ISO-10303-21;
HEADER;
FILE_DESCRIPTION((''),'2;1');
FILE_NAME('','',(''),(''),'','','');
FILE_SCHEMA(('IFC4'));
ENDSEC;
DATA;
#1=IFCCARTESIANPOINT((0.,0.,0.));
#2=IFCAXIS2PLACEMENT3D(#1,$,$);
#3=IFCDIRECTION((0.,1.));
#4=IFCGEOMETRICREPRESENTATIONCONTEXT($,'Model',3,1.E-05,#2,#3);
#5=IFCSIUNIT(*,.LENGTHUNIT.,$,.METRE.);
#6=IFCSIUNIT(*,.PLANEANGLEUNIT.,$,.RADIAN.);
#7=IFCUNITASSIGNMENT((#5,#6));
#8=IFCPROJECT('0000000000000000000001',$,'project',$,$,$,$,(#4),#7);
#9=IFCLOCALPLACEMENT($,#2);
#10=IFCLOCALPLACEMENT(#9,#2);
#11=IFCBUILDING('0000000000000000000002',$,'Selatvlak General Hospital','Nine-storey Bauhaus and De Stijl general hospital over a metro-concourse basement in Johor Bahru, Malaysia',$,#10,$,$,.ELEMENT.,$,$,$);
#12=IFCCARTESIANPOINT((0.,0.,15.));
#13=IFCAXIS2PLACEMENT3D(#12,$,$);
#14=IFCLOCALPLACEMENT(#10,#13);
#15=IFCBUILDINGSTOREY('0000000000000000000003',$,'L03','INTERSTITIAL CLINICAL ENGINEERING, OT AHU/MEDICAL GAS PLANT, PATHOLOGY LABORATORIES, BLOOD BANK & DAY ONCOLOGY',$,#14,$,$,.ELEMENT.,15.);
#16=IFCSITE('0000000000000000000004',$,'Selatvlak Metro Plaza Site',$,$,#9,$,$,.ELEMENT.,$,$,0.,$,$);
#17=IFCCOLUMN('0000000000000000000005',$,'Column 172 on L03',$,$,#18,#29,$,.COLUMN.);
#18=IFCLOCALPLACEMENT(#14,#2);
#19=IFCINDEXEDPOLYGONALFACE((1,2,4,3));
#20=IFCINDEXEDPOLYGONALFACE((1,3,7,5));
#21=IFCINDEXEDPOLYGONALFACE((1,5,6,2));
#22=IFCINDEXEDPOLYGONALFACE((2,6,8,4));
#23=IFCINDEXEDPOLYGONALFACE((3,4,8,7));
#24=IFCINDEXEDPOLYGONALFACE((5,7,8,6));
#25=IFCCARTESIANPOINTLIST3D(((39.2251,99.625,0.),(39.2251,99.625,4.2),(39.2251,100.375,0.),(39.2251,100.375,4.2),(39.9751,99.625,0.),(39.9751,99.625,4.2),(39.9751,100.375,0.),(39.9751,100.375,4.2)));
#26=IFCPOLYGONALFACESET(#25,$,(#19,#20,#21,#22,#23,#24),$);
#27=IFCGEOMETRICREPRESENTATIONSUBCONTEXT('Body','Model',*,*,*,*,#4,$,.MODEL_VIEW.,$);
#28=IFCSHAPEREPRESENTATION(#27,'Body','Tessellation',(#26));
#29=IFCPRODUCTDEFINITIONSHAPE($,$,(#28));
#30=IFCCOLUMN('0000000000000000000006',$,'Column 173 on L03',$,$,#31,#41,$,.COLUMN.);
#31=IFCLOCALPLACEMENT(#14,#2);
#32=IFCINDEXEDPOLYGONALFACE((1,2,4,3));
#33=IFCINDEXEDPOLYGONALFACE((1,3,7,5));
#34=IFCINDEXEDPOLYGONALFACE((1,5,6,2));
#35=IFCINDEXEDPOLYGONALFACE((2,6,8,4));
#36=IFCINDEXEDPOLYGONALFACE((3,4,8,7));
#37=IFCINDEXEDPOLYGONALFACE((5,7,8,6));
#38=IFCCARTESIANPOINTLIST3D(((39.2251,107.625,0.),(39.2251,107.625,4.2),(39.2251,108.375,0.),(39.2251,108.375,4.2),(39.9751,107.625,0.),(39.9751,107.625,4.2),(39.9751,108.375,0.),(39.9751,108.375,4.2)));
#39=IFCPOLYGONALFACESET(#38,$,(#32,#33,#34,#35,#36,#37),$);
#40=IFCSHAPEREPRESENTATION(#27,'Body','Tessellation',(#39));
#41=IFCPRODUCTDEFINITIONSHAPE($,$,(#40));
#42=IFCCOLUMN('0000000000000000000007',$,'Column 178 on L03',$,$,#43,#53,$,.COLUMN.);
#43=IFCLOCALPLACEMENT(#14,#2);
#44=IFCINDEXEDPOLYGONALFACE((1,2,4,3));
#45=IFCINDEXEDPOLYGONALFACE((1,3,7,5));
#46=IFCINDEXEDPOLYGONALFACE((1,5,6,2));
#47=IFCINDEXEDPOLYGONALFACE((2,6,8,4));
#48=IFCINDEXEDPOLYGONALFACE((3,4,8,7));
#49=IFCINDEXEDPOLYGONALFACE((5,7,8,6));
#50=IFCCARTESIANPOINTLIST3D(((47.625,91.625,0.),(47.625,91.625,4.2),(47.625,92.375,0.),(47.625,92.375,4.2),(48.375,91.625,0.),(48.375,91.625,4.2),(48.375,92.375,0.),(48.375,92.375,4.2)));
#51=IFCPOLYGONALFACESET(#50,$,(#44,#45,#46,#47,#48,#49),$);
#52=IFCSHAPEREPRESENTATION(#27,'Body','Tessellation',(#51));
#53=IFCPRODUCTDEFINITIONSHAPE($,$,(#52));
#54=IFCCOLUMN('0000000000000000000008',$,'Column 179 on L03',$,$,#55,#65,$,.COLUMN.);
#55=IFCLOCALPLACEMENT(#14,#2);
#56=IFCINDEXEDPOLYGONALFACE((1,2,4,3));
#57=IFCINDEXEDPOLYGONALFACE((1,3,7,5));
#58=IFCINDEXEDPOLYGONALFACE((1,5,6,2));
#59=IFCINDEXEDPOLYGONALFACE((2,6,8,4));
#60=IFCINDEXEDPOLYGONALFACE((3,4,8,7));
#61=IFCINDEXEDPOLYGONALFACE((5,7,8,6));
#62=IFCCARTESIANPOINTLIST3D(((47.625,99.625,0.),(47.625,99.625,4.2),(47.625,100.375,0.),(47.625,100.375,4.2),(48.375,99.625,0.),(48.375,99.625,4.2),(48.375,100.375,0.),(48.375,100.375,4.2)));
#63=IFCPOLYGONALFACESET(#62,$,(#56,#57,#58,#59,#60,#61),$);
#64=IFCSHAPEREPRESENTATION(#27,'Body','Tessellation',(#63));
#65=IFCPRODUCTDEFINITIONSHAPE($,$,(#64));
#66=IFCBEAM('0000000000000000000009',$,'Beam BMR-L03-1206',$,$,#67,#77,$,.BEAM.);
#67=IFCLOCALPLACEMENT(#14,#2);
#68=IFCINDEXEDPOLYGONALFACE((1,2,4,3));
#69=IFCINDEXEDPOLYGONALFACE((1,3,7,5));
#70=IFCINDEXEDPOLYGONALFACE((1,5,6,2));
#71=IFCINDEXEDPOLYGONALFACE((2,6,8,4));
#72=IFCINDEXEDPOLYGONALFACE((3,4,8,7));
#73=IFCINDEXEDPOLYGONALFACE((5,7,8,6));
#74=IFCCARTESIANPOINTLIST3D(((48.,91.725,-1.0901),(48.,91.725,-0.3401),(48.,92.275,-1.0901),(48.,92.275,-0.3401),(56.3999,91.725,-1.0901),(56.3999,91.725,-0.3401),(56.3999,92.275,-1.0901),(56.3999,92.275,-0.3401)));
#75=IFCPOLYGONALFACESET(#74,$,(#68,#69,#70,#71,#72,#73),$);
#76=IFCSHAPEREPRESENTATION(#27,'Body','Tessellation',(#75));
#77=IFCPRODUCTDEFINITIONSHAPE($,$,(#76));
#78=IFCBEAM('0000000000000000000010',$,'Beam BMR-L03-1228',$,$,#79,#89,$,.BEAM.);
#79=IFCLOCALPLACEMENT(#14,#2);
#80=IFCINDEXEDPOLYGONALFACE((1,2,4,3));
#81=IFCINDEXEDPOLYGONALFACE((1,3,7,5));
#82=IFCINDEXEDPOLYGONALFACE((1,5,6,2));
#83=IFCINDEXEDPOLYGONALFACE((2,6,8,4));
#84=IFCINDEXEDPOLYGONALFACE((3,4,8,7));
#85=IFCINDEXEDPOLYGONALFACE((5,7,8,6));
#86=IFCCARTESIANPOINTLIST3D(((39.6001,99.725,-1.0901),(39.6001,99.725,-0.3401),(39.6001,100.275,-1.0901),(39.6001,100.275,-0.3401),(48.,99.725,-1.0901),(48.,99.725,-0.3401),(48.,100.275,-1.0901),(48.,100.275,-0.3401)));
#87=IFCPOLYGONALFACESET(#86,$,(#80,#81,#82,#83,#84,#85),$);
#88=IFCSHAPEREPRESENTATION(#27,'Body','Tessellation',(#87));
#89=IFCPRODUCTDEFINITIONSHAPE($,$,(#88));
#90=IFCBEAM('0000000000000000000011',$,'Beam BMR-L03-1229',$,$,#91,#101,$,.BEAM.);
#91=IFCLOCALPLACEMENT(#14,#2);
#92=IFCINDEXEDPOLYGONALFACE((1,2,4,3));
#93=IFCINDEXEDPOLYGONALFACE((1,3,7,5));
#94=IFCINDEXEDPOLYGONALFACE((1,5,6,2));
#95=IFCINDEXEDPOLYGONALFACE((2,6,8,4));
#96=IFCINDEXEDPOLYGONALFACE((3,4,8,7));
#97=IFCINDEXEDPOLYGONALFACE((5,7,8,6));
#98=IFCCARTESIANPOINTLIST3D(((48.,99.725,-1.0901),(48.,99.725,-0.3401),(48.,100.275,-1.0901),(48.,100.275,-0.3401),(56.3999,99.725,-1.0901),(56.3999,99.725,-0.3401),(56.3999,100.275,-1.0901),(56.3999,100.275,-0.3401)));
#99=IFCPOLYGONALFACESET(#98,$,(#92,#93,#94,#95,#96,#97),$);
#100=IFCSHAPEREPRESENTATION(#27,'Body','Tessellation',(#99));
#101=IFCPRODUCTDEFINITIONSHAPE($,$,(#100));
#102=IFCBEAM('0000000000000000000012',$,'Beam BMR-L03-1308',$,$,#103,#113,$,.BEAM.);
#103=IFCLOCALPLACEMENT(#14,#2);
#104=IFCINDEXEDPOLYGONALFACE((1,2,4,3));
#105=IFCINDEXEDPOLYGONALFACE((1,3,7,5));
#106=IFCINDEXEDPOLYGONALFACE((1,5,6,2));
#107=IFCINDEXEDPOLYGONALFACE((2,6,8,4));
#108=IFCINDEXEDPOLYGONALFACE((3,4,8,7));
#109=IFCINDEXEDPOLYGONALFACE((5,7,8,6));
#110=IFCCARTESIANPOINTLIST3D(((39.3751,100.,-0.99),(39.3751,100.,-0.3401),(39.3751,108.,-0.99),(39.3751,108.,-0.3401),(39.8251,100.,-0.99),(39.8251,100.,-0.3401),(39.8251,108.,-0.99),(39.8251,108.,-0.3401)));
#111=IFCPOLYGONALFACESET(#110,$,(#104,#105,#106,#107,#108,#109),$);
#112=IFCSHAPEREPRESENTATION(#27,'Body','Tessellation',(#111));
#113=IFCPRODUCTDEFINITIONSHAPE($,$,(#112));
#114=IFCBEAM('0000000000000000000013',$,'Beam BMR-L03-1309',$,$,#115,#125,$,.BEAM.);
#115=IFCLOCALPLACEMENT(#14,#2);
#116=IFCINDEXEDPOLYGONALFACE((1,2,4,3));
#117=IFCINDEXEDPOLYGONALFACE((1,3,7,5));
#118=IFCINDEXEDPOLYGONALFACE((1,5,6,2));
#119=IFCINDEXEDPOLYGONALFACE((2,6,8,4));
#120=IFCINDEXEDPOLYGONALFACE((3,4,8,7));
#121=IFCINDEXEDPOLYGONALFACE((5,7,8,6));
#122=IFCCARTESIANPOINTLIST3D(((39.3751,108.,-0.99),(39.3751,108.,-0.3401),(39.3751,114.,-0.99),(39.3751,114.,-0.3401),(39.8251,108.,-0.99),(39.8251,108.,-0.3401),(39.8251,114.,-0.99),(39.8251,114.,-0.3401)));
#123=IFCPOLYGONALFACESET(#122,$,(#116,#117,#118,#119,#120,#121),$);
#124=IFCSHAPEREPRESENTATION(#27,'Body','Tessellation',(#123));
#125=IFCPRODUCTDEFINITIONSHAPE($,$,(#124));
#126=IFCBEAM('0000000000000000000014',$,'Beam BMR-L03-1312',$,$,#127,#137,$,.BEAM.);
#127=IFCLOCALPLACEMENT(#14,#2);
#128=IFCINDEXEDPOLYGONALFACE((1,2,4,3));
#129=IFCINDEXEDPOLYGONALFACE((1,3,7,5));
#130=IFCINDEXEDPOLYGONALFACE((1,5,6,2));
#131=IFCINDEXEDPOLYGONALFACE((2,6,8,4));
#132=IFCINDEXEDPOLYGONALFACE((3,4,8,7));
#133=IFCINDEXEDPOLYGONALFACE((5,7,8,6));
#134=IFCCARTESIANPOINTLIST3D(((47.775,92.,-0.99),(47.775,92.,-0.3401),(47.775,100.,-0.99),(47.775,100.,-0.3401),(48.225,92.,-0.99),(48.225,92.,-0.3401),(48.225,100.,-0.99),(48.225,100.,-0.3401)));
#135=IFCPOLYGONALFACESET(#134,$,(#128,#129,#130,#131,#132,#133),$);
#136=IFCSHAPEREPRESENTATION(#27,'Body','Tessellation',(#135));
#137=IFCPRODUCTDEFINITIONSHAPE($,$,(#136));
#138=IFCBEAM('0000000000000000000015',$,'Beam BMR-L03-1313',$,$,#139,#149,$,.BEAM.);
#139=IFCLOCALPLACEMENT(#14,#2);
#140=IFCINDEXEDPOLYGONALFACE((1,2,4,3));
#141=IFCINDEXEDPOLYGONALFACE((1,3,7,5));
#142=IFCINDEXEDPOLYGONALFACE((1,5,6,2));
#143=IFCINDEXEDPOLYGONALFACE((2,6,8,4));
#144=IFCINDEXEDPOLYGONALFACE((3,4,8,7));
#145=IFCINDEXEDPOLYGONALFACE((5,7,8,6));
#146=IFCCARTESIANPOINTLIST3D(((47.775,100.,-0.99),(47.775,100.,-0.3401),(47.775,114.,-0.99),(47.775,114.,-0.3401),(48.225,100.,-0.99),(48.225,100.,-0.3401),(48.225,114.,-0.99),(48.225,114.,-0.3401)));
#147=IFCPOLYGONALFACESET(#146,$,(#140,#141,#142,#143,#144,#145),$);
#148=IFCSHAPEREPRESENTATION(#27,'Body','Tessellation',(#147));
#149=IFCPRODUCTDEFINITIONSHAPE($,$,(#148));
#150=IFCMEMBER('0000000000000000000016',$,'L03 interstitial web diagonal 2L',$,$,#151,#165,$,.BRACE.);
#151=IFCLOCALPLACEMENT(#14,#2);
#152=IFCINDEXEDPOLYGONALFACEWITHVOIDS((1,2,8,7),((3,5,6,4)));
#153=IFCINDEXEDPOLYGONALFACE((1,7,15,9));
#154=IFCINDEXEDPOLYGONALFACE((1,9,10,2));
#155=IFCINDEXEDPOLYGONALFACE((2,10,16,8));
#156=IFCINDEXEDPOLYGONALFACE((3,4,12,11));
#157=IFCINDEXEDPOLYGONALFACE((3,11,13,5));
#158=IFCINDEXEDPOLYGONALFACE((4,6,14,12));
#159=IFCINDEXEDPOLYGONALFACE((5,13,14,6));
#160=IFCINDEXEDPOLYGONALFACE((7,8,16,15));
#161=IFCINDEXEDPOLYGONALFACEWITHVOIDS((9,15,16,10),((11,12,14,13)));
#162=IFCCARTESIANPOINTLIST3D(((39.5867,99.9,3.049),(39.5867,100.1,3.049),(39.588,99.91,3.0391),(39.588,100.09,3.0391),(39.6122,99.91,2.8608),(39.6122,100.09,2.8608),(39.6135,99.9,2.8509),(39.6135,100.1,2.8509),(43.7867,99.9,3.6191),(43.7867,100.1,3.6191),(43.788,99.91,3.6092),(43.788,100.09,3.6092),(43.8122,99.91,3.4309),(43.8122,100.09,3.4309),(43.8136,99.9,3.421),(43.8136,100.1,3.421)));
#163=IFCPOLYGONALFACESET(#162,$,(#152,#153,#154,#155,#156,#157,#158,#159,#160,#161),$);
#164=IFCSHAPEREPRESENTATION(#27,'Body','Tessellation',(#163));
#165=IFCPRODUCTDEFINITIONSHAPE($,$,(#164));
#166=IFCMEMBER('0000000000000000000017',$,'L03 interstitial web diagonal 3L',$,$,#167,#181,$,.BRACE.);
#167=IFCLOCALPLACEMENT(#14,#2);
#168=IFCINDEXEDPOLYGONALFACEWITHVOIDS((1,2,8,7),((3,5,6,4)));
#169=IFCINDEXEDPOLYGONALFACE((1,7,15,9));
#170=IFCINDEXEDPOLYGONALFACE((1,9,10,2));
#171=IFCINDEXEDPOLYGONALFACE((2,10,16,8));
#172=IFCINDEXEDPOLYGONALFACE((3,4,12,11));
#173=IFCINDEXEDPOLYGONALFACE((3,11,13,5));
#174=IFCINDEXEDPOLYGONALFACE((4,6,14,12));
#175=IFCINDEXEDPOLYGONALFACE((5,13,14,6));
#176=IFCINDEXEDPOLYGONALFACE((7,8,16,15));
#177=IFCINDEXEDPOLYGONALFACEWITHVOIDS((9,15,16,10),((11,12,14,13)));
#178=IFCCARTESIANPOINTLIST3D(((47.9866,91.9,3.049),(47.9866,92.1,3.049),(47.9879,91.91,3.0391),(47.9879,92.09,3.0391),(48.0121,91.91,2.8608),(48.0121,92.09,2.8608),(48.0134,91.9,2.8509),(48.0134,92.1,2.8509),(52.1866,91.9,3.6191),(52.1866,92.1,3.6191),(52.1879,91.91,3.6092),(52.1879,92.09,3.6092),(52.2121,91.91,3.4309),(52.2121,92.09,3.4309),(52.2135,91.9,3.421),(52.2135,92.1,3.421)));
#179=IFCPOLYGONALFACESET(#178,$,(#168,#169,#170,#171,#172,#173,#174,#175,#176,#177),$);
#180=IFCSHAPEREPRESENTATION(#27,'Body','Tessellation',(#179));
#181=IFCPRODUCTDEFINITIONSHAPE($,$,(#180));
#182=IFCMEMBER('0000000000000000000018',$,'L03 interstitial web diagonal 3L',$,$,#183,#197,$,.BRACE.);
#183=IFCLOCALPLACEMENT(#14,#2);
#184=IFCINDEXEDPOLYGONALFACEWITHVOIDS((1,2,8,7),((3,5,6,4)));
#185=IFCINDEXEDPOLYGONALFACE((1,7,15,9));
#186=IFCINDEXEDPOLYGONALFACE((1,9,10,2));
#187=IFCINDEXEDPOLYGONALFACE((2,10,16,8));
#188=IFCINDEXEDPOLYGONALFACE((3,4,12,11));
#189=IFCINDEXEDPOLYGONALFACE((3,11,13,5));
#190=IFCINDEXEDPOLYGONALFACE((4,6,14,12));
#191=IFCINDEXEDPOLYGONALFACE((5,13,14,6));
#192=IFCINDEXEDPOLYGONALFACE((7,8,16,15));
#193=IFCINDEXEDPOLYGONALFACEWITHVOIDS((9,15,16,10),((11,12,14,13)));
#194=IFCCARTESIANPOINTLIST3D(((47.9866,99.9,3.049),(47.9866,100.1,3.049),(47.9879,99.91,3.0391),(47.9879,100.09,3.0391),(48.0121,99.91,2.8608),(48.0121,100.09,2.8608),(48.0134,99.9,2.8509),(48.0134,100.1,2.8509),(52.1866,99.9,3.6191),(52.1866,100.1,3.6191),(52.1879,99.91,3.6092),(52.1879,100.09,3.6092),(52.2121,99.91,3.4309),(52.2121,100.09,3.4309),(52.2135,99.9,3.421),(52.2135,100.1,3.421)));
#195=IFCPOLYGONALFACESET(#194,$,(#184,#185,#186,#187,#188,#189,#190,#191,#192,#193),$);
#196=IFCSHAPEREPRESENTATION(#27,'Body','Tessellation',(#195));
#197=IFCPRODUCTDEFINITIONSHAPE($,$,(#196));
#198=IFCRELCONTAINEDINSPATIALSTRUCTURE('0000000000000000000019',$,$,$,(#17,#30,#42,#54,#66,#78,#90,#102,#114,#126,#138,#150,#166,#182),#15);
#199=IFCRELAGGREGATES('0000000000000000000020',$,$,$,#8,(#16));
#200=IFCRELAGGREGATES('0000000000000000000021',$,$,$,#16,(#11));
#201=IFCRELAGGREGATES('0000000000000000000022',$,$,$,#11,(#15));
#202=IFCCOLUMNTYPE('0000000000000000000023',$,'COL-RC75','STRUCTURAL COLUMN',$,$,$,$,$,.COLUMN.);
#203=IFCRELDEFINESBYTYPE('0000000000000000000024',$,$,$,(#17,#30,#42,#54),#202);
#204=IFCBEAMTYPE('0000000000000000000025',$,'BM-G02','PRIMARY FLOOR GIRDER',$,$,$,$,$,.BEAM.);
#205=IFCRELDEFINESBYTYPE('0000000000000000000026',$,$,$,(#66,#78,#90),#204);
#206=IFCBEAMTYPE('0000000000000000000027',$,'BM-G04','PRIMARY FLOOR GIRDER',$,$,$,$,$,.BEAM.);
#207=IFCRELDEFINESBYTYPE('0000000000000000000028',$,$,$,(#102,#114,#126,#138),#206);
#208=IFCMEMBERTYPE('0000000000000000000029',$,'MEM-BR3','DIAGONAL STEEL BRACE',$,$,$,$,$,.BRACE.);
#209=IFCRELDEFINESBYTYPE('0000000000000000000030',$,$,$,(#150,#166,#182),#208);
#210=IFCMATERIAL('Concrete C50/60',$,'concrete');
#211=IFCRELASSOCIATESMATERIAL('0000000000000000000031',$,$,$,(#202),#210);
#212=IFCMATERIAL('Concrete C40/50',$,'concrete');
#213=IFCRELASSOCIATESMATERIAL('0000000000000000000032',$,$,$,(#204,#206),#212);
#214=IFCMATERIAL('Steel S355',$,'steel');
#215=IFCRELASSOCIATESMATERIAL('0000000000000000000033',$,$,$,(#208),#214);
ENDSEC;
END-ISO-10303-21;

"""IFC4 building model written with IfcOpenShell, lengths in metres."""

from ifc_helpers import new_model, si_unit, direction, frame, origin, origin_2d, place, context, subcontext, project, spatial, rectangle, hollow_rectangle, extrude, material, material_profile, profile_set, type_object, element, save


model = new_model("IFC4")

# Units and contexts
model_context = context("Model", 3, precision=1e-05, world=origin(), true_north=direction((0.0, 1.0)))
body_context = subcontext(model_context, "Body", "Model", "MODEL_VIEW")
ifc_project = project(units=[si_unit("LENGTHUNIT", "METRE"), si_unit("PLANEANGLEUNIT", "RADIAN")], contexts=[model_context])

# Site, building, storey
site_placement = place(None, origin())
site = spatial("IfcSite", under=ifc_project, at=site_placement, Name="Selatvlak Metro Plaza Site", CompositionType="ELEMENT", RefElevation=0.0)
building_placement = place(site_placement, origin())
building = spatial("IfcBuilding", under=site, at=building_placement, Name="Selatvlak General Hospital", Description="Nine-storey Bauhaus and De Stijl general hospital over a metro-concourse basement in Johor Bahru, Malaysia", CompositionType="ELEMENT")
storey_placement = place(building_placement, frame((0.0, 0.0, 15.0)))
storey = spatial("IfcBuildingStorey", under=building, at=storey_placement, Name="L03", Description="INTERSTITIAL CLINICAL ENGINEERING, OT AHU/MEDICAL GAS PLANT, PATHOLOGY LABORATORIES, BLOOD BANK & DAY ONCOLOGY", CompositionType="ELEMENT", Elevation=15.0)

# Columns
ifc_material_1 = material(Name="Concrete C50/60", Category="concrete")
ifc_material_profile_1 = material_profile(ifc_material_1, rectangle(XDim=0.75, YDim=0.75, at=origin_2d()), Name="RC-COL 750x750")
ifc_profile_set_1 = profile_set([ifc_material_profile_1], Name="Concrete C50/60")
column_type = type_object("IfcColumnType", Name="COL-RC75", Description="STRUCTURAL COLUMN", PredefinedType="COLUMN", material=ifc_profile_set_1)
for number, where, z_axis, x_axis, name in (
    (1, (39.6001, 100.0, 0.0), (0.0, 0.0, 1.0), (1.0, 0.0, 0.0), "Column 172 on L03"),
    (2, (39.6001, 108.0, 0.0), (0.0, 0.0, 1.0), (1.0, 0.0, 0.0), "Column 173 on L03"),
    (3, (48.0, 92.0, 0.0), (0.0, 0.0, 1.0), (1.0, 0.0, 0.0), "Column 178 on L03"),
    (4, (48.0, 100.0, 0.0), (0.0, 0.0, 1.0), (1.0, 0.0, 0.0), "Column 179 on L03"),
):
    element("IfcColumn", number, at=place(storey_placement, frame(where, z_axis=z_axis, x_axis=x_axis)), inside=storey, type_object=column_type, Name=name, PredefinedType="COLUMN", context=body_context, shape_type="SweptSolid", body=[
        extrude(rectangle(XDim=0.75, YDim=0.75, at=origin_2d()), origin(), (0.0, 0.0, 1.0), 4.2),
    ])

# Beams
ifc_material_2 = material(Name="Concrete C40/50", Category="concrete")
ifc_material_profile_2 = material_profile(ifc_material_2, rectangle(XDim=0.55, YDim=0.75, at=origin_2d()), Name="RC-BM 550x750")
ifc_profile_set_2 = profile_set([ifc_material_profile_2], Name="Concrete C40/50")
beam_type_1 = type_object("IfcBeamType", Name="BM-G02", Description="PRIMARY FLOOR GIRDER", PredefinedType="BEAM", material=ifc_profile_set_2)
for number, where, z_axis, x_axis, name in (
    (5, (48.0, 92.0, -0.7151), (1.0, 0.0, 0.0), (0.0, 1.0, 0.0), "Beam BMR-L03-1206"),
    (6, (39.6001, 100.0, -0.7151), (1.0, 0.0, 0.0), (0.0, 1.0, 0.0), "Beam BMR-L03-1228"),
    (7, (48.0, 100.0, -0.7151), (1.0, 0.0, 0.0), (0.0, 1.0, 0.0), "Beam BMR-L03-1229"),
):
    element("IfcBeam", number, at=place(storey_placement, frame(where, z_axis=z_axis, x_axis=x_axis)), inside=storey, type_object=beam_type_1, Name=name, PredefinedType="BEAM", context=body_context, shape_type="SweptSolid", body=[
        extrude(rectangle(XDim=0.55, YDim=0.75, at=origin_2d()), origin(), (0.0, 0.0, 1.0), 8.3999),
    ])
ifc_material_profile_3 = material_profile(ifc_material_2, rectangle(XDim=0.45, YDim=0.6499, at=origin_2d()), Name="RC-BM 450x650")
ifc_profile_set_3 = profile_set([ifc_material_profile_3], Name="Concrete C40/50")
beam_type_2 = type_object("IfcBeamType", Name="BM-G04", Description="PRIMARY FLOOR GIRDER", PredefinedType="BEAM", material=ifc_profile_set_3)
beam_1_placement = place(storey_placement, frame((39.6001, 100.0, -0.665), z_axis=(0.0, 1.0, 0.0), x_axis=(-1.0, 0.0, 0.0)))
element("IfcBeam", 8, at=beam_1_placement, inside=storey, type_object=beam_type_2, Name="Beam BMR-L03-1308", PredefinedType="BEAM", context=body_context, shape_type="SweptSolid", body=[
    extrude(rectangle(XDim=0.45, YDim=0.6499, at=origin_2d()), origin(), (0.0, 0.0, 1.0), 8.0),
])
beam_2_placement = place(storey_placement, frame((39.6001, 108.0, -0.665), z_axis=(0.0, 1.0, 0.0), x_axis=(-1.0, 0.0, 0.0)))
element("IfcBeam", 9, at=beam_2_placement, inside=storey, type_object=beam_type_2, Name="Beam BMR-L03-1309", PredefinedType="BEAM", context=body_context, shape_type="SweptSolid", body=[
    extrude(rectangle(XDim=0.45, YDim=0.6499, at=origin_2d()), origin(), (0.0, 0.0, 1.0), 6.0),
])
beam_3_placement = place(storey_placement, frame((48.0, 92.0, -0.665), z_axis=(0.0, 1.0, 0.0), x_axis=(-1.0, 0.0, 0.0)))
element("IfcBeam", 10, at=beam_3_placement, inside=storey, type_object=beam_type_2, Name="Beam BMR-L03-1312", PredefinedType="BEAM", context=body_context, shape_type="SweptSolid", body=[
    extrude(rectangle(XDim=0.45, YDim=0.6499, at=origin_2d()), origin(), (0.0, 0.0, 1.0), 8.0),
])
beam_4_placement = place(storey_placement, frame((48.0, 100.0, -0.665), z_axis=(0.0, 1.0, 0.0), x_axis=(-1.0, 0.0, 0.0)))
element("IfcBeam", 11, at=beam_4_placement, inside=storey, type_object=beam_type_2, Name="Beam BMR-L03-1313", PredefinedType="BEAM", context=body_context, shape_type="SweptSolid", body=[
    extrude(rectangle(XDim=0.45, YDim=0.6499, at=origin_2d()), origin(), (0.0, 0.0, 1.0), 14.0),
])

# Members
ifc_material_3 = material(Name="Steel S355", Category="steel")
ifc_material_profile_4 = material_profile(ifc_material_3, hollow_rectangle(XDim=0.2, YDim=0.2, WallThickness=0.01, at=origin_2d()), Name="SHS 200x200x10")
ifc_profile_set_4 = profile_set([ifc_material_profile_4], Name="Steel S355")
member_type_1 = type_object("IfcMemberType", Name="MEM-BR3", Description="DIAGONAL STEEL BRACE", PredefinedType="BRACE", material=ifc_profile_set_4)
for number, where, z_axis, x_axis, name in (
    (12, (39.6001, 100.0, 2.95), (0.990914, 0.0, 0.134499), (0.0, 1.0, 0.0), "L03 interstitial web diagonal 2L"),
    (13, (48.0, 92.0, 2.95), (0.990914, 0.0, 0.134499), (0.0, 1.0, 0.0), "L03 interstitial web diagonal 3L"),
    (14, (48.0, 100.0, 2.95), (0.990914, 0.0, 0.134499), (0.0, 1.0, 0.0), "L03 interstitial web diagonal 3L"),
):
    element("IfcMember", number, at=place(storey_placement, frame(where, z_axis=z_axis, x_axis=x_axis)), inside=storey, type_object=member_type_1, Name=name, PredefinedType="BRACE", context=body_context, shape_type="SweptSolid", body=[
        extrude(hollow_rectangle(XDim=0.2, YDim=0.2, WallThickness=0.01, at=origin_2d()), origin(), (0.0, 0.0, 1.0), 4.2385),
    ])

save(model, "model.ifc")
